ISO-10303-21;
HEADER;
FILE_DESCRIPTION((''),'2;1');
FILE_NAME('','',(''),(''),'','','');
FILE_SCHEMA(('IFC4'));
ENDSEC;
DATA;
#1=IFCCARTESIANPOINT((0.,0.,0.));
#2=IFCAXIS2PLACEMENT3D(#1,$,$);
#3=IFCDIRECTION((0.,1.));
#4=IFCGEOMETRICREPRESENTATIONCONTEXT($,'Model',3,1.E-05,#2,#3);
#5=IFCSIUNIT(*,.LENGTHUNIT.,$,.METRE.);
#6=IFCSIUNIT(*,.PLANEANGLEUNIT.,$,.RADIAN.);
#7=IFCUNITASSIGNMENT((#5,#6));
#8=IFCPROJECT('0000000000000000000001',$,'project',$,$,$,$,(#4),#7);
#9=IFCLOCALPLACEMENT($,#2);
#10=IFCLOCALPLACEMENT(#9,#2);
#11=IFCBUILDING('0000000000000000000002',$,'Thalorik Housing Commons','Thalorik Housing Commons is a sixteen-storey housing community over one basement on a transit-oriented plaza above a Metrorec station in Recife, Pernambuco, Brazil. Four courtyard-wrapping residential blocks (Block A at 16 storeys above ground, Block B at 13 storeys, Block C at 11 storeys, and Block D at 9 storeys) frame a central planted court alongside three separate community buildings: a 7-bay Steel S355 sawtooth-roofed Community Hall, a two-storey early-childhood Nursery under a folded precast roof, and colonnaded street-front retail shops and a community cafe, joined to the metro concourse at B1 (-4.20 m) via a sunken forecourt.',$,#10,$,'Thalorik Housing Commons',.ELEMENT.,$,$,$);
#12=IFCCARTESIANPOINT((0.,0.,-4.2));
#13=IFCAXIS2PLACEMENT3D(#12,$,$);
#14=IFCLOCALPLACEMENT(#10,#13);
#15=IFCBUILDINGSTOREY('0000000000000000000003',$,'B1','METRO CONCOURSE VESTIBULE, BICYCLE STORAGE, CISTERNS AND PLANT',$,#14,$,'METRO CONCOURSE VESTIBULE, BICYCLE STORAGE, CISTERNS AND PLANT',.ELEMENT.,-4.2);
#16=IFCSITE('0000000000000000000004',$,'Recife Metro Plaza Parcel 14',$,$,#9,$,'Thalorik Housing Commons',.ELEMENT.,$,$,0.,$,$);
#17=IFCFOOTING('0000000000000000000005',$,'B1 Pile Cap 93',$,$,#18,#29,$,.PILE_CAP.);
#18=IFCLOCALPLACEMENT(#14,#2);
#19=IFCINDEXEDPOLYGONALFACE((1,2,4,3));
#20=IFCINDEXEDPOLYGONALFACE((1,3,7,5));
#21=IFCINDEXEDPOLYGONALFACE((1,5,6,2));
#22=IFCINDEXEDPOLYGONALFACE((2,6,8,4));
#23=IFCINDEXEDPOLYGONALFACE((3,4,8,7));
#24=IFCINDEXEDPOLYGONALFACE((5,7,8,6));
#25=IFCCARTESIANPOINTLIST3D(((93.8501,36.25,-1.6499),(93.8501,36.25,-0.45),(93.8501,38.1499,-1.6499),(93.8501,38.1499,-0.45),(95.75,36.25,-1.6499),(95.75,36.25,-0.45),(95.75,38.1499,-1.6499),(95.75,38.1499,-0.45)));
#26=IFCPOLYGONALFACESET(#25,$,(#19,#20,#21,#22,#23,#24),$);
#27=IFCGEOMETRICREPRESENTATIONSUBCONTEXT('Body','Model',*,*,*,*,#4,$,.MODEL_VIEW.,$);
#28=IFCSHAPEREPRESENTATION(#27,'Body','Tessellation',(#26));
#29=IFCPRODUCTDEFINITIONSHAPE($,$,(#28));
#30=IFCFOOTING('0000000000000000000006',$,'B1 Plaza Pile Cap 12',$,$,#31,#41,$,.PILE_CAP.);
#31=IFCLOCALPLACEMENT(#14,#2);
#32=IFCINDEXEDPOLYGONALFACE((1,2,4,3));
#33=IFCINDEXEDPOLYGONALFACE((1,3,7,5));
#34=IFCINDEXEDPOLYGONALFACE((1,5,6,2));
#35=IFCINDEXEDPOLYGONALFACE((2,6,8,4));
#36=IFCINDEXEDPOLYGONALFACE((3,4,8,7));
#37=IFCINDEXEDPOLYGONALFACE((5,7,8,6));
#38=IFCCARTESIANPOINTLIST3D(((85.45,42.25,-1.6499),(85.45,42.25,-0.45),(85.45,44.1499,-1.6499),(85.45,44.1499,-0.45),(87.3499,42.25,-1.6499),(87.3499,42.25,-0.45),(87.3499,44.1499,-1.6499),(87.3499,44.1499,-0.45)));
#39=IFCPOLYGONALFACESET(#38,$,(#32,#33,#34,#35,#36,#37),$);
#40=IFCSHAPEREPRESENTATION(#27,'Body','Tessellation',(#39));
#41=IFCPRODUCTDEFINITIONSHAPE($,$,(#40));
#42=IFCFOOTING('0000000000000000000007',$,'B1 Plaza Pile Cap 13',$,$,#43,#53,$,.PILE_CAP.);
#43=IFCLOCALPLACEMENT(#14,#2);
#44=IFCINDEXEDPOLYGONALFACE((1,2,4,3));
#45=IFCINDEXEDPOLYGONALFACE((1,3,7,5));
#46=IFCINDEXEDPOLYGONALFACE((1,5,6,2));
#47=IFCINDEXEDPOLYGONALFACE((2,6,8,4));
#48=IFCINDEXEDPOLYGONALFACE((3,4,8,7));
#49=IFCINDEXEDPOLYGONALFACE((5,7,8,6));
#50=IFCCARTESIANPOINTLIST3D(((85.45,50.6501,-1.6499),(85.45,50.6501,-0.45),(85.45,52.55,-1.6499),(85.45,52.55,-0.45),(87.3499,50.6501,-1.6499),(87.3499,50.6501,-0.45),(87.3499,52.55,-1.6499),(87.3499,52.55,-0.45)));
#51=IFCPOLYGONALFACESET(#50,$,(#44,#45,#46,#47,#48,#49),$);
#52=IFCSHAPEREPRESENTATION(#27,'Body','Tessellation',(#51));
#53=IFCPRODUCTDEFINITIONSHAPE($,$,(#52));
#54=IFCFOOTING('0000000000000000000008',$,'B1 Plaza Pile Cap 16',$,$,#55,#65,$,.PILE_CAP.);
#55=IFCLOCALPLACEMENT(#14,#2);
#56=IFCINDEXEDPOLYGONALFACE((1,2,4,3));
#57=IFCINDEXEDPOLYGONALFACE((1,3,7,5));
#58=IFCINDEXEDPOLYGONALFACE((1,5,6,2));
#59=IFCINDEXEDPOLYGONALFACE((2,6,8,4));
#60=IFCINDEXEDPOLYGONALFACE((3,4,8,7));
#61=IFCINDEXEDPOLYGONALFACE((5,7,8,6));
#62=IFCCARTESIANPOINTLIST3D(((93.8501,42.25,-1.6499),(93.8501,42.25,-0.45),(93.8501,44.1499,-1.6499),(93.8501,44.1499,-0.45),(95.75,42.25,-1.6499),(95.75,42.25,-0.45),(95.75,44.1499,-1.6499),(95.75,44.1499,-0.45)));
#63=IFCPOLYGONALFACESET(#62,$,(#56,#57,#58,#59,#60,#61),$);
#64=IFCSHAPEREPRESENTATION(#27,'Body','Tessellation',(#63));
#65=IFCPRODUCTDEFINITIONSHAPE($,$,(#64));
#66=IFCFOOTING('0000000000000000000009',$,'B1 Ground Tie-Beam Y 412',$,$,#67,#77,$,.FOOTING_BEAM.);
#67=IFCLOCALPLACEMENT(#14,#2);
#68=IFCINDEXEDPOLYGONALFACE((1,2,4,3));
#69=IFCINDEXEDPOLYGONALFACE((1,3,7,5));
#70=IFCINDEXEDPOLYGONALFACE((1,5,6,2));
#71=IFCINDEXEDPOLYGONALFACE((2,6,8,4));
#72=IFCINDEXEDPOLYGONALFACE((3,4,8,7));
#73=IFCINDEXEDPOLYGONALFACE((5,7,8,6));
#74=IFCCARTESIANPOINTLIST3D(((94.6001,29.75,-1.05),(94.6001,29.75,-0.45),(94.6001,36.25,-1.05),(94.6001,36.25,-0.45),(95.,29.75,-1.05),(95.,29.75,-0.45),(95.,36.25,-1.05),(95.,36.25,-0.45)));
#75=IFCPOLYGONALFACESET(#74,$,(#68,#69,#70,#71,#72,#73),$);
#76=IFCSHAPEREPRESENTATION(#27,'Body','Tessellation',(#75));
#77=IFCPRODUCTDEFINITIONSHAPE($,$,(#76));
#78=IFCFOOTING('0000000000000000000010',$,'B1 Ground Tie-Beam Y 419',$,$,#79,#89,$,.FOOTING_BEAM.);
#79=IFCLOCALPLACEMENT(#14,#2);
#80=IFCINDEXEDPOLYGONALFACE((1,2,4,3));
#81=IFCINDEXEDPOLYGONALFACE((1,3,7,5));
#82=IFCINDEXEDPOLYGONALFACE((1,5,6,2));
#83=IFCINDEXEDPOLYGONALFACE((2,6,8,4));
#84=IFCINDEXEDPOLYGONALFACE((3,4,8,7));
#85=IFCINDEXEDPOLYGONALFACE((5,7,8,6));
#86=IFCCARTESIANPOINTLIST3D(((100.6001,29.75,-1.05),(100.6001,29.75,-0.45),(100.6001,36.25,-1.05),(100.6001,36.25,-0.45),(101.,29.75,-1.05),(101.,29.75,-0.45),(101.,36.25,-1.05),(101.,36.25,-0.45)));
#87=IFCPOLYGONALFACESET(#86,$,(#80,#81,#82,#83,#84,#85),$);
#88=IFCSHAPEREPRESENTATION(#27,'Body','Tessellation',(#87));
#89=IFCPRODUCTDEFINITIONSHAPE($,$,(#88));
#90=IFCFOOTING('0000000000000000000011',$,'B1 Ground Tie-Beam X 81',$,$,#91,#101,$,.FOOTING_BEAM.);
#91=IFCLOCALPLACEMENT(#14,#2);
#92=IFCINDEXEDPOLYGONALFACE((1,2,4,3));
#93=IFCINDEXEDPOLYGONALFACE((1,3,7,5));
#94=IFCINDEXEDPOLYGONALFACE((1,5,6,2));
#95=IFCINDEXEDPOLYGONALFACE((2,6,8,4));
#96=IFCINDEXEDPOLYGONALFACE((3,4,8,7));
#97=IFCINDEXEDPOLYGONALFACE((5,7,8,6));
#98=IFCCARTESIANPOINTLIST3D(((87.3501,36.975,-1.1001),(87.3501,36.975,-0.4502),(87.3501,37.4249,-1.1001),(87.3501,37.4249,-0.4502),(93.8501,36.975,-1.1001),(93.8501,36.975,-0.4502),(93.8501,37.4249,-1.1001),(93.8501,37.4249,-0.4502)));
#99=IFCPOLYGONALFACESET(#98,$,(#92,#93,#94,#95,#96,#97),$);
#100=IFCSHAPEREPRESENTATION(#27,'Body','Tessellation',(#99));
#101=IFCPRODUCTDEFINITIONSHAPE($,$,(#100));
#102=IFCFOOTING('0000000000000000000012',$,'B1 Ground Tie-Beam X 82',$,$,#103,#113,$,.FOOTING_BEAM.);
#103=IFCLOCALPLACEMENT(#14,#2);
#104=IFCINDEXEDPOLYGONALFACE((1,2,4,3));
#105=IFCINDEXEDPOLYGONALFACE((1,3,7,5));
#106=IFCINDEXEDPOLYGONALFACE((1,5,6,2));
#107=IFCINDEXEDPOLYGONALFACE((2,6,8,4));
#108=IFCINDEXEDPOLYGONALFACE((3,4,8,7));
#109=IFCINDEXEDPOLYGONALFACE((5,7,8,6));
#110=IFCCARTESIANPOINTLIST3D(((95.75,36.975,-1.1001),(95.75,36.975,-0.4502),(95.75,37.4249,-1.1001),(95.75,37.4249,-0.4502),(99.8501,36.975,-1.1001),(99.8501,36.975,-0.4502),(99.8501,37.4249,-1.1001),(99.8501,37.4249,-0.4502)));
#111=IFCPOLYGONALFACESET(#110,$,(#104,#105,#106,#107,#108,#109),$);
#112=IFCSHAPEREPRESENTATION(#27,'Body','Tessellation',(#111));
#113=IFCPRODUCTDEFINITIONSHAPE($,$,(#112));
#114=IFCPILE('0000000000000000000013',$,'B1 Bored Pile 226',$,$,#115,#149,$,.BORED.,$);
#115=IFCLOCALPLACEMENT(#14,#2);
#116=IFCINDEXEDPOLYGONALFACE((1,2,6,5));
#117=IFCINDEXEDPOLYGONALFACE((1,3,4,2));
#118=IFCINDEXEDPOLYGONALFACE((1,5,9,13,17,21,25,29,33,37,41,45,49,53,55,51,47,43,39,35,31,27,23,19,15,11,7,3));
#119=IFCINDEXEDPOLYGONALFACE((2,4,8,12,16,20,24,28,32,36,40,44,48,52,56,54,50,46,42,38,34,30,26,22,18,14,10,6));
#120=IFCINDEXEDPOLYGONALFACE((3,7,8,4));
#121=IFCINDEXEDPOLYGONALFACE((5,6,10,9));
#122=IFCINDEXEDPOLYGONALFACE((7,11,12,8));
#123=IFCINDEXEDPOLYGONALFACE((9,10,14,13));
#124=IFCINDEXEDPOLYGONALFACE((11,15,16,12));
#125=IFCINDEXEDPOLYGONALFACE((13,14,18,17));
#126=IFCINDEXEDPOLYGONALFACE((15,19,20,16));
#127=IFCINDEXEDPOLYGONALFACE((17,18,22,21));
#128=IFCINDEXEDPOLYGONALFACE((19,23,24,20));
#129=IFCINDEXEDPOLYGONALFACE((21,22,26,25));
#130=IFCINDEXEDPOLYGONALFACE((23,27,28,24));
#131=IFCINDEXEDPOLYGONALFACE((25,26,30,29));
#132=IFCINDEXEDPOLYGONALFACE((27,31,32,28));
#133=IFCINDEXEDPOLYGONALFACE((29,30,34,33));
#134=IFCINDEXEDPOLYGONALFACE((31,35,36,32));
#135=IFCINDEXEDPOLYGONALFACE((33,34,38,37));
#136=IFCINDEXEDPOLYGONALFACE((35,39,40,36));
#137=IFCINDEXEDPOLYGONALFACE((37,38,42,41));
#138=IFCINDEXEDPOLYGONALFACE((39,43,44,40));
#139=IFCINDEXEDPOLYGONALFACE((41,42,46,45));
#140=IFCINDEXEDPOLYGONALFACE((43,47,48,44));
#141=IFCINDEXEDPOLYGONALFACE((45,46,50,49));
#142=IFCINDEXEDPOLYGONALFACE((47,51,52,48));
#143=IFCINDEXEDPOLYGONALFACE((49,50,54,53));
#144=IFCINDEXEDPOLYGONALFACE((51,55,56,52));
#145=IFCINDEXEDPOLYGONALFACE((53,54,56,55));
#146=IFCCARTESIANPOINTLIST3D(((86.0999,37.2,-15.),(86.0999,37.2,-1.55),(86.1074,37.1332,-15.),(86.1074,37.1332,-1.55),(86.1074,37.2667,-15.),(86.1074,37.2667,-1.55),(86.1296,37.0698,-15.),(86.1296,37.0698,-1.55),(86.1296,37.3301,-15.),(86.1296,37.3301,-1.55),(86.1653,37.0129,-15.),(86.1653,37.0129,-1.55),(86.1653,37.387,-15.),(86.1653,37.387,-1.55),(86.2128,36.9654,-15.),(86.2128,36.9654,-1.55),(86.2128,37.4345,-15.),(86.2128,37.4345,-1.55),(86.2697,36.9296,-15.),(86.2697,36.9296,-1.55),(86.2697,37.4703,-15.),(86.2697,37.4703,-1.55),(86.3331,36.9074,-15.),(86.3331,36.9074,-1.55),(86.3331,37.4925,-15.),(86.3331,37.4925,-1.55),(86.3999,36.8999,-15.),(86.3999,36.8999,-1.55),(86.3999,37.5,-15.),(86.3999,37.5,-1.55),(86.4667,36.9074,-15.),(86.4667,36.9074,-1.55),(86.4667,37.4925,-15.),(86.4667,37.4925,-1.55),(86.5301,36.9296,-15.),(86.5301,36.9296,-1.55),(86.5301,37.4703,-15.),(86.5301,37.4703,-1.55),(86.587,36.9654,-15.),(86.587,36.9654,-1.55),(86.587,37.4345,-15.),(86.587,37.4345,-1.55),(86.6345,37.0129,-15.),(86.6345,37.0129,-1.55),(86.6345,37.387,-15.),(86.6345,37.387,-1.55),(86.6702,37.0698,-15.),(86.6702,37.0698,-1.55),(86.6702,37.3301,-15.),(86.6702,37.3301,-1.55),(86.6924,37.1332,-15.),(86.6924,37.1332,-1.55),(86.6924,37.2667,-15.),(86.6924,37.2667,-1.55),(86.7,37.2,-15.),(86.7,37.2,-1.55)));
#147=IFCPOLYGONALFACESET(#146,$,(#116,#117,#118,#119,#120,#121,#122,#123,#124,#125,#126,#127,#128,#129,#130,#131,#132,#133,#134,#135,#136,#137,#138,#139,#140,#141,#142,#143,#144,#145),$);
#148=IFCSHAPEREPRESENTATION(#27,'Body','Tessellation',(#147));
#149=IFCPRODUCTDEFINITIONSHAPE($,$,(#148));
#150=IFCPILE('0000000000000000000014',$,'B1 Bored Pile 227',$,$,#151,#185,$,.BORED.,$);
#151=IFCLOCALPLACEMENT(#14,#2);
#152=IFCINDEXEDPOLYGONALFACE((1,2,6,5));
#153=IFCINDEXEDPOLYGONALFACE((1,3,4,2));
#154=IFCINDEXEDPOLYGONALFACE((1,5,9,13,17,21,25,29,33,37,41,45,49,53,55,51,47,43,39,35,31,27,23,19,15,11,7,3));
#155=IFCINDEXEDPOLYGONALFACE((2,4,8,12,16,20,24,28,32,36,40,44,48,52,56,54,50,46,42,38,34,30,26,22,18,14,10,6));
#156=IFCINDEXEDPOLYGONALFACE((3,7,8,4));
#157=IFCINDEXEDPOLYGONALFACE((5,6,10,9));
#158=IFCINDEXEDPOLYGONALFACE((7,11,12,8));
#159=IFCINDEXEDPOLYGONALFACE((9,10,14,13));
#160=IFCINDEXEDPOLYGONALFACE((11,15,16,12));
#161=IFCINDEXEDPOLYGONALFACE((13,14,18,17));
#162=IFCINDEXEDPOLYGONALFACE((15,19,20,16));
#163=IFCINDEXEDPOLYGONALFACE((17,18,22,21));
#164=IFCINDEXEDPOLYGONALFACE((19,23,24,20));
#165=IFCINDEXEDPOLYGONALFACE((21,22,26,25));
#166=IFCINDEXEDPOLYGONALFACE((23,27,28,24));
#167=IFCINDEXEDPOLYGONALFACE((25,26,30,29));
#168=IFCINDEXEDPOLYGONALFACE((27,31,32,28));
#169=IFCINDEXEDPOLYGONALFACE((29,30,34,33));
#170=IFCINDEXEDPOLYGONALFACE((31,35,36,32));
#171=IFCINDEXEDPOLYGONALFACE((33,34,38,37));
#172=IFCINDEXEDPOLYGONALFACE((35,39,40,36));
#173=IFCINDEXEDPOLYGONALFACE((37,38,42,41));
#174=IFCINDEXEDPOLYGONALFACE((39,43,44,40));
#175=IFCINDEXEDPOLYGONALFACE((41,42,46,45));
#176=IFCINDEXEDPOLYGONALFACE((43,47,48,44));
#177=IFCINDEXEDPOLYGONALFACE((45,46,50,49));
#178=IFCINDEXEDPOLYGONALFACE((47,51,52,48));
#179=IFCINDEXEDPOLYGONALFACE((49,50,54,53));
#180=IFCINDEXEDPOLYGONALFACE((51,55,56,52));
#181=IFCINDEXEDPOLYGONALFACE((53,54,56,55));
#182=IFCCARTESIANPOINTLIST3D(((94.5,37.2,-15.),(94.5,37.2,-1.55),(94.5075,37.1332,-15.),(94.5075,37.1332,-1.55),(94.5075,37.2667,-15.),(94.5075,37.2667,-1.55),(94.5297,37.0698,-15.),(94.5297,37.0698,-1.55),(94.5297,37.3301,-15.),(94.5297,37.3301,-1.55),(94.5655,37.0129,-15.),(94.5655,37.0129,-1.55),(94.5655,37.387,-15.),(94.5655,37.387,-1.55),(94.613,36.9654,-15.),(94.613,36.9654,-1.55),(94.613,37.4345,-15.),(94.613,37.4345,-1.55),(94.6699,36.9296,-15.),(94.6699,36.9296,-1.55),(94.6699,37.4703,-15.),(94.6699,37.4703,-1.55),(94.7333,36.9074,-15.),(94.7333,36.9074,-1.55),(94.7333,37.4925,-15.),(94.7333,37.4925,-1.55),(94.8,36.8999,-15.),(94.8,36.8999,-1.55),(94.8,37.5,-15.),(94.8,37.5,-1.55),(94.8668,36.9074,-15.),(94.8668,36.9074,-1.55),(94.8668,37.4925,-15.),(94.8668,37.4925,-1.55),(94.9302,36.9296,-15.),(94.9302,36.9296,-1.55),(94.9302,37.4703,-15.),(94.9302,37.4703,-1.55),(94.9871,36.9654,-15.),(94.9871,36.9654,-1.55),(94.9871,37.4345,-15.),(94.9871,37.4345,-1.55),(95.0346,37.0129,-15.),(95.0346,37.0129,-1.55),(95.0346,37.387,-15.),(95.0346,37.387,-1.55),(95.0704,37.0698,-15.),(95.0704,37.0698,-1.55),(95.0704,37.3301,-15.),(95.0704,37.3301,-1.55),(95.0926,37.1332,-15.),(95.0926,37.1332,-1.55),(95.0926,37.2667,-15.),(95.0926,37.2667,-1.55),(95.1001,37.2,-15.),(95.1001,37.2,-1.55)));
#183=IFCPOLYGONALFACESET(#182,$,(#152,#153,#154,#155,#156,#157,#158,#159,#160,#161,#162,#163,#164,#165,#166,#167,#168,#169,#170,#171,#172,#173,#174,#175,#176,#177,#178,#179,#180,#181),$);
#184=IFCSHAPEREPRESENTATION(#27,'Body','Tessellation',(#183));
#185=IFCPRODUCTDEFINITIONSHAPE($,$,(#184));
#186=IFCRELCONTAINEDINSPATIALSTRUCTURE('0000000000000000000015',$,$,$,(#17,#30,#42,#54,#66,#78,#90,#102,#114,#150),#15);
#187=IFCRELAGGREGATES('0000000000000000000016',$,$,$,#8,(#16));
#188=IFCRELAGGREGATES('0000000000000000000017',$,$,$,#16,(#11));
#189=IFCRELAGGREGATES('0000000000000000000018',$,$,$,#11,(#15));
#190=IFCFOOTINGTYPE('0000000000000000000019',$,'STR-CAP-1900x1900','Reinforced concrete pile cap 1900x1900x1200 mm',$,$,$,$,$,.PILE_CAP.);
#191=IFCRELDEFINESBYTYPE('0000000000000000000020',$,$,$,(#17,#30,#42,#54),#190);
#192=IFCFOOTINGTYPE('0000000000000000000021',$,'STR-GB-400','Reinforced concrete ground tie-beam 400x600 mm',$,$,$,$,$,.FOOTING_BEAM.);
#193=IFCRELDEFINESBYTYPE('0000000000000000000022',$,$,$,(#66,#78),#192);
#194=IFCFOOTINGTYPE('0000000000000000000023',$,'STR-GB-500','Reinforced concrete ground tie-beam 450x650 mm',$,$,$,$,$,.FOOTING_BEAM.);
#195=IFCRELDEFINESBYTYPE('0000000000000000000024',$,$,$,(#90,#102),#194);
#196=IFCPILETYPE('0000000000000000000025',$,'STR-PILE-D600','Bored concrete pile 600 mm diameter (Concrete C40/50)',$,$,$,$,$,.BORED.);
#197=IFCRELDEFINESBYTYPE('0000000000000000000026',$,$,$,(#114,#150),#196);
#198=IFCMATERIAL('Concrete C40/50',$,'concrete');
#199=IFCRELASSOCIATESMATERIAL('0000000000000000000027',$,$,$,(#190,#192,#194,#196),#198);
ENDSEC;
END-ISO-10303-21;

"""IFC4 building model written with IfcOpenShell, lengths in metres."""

from ifc_helpers import new_model, si_unit, direction, frame, origin, origin_2d, place, context, subcontext, project, spatial, rectangle, circle, extrude, material, material_profile, profile_set, type_object, element, save


model = new_model("IFC4")

# Units and contexts
model_context = context("Model", 3, precision=1e-05, world=origin(), true_north=direction((0.0, 1.0)))
body_context = subcontext(model_context, "Body", "Model", "MODEL_VIEW")
ifc_project = project(units=[si_unit("LENGTHUNIT", "METRE"), si_unit("PLANEANGLEUNIT", "RADIAN")], contexts=[model_context])

# Site, building, storey
site_placement = place(None, origin())
site = spatial("IfcSite", under=ifc_project, at=site_placement, Name="Recife Metro Plaza Parcel 14", LongName="Thalorik Housing Commons", CompositionType="ELEMENT", RefElevation=0.0)
building_placement = place(site_placement, origin())
building = spatial("IfcBuilding", under=site, at=building_placement, Name="Thalorik Housing Commons", Description="Thalorik Housing Commons is a sixteen-storey housing community over one basement on a transit-oriented plaza above a Metrorec station in Recife, Pernambuco, Brazil. Four courtyard-wrapping residential blocks (Block A at 16 storeys above ground, Block B at 13 storeys, Block C at 11 storeys, and Block D at 9 storeys) frame a central planted court alongside three separate community buildings: a 7-bay Steel S355 sawtooth-roofed Community Hall, a two-storey early-childhood Nursery under a folded precast roof, and colonnaded street-front retail shops and a community cafe, joined to the metro concourse at B1 (-4.20 m) via a sunken forecourt.", LongName="Thalorik Housing Commons", CompositionType="ELEMENT")
storey_placement = place(building_placement, frame((0.0, 0.0, -4.2)))
storey = spatial("IfcBuildingStorey", under=building, at=storey_placement, Name="B1", Description="METRO CONCOURSE VESTIBULE, BICYCLE STORAGE, CISTERNS AND PLANT", LongName="METRO CONCOURSE VESTIBULE, BICYCLE STORAGE, CISTERNS AND PLANT", CompositionType="ELEMENT", Elevation=-4.2)

# Footings
ifc_material_1 = material(Name="Concrete C40/50", Category="concrete")
footing_type_1 = type_object("IfcFootingType", Name="STR-CAP-1900x1900", Description="Reinforced concrete pile cap 1900x1900x1200 mm", PredefinedType="PILE_CAP", material=ifc_material_1)
for number, where, z_axis, x_axis, name in (
    (1, (94.8, 37.2, -1.6499), (0.0, 0.0, 1.0), (1.0, 0.0, 0.0), "B1 Pile Cap 93"),
    (2, (86.3999, 43.2, -1.6499), (0.0, 0.0, 1.0), (1.0, 0.0, 0.0), "B1 Plaza Pile Cap 12"),
    (3, (86.3999, 51.6001, -1.6499), (0.0, 0.0, 1.0), (1.0, 0.0, 0.0), "B1 Plaza Pile Cap 13"),
    (4, (94.8, 43.2, -1.6499), (0.0, 0.0, 1.0), (1.0, 0.0, 0.0), "B1 Plaza Pile Cap 16"),
):
    element("IfcFooting", number, at=place(storey_placement, frame(where, z_axis=z_axis, x_axis=x_axis)), inside=storey, type_object=footing_type_1, Name=name, PredefinedType="PILE_CAP", context=body_context, shape_type="SweptSolid", body=[
        extrude(rectangle(XDim=1.8999, YDim=1.8999, at=origin_2d()), origin(), (0.0, 0.0, 1.0), 1.2),
    ])
ifc_material_profile_1 = material_profile(ifc_material_1, rectangle(XDim=0.3999, YDim=0.6001, at=origin_2d()), Name="RC 400x600", Category="concrete")
ifc_profile_set_1 = profile_set([ifc_material_profile_1], Name="Concrete C40/50")
footing_type_2 = type_object("IfcFootingType", Name="STR-GB-400", Description="Reinforced concrete ground tie-beam 400x600 mm", PredefinedType="FOOTING_BEAM", material=ifc_profile_set_1)
for number, where, z_axis, x_axis, name in (
    (5, (94.8, 29.75, -0.75), (0.0, 1.0, 0.0), (-1.0, 0.0, 0.0), "B1 Ground Tie-Beam Y 412"),
    (6, (100.8, 29.75, -0.75), (0.0, 1.0, 0.0), (-1.0, 0.0, 0.0), "B1 Ground Tie-Beam Y 419"),
):
    element("IfcFooting", number, at=place(storey_placement, frame(where, z_axis=z_axis, x_axis=x_axis)), inside=storey, type_object=footing_type_2, Name=name, PredefinedType="FOOTING_BEAM", context=body_context, shape_type="SweptSolid", body=[
        extrude(rectangle(XDim=0.3999, YDim=0.6001, at=origin_2d()), origin(), (0.0, 0.0, 1.0), 6.5),
    ])
ifc_material_profile_2 = material_profile(ifc_material_1, rectangle(XDim=0.45, YDim=0.6499, at=origin_2d()), Name="RC 450x650", Category="concrete")
ifc_profile_set_2 = profile_set([ifc_material_profile_2], Name="Concrete C40/50")
footing_type_3 = type_object("IfcFootingType", Name="STR-GB-500", Description="Reinforced concrete ground tie-beam 450x650 mm", PredefinedType="FOOTING_BEAM", material=ifc_profile_set_2)
footing_1_placement = place(storey_placement, frame((87.3501, 37.2, -0.7751), z_axis=(1.0, 0.0, 0.0), x_axis=(0.0, 1.0, 0.0)))
element("IfcFooting", 7, at=footing_1_placement, inside=storey, type_object=footing_type_3, Name="B1 Ground Tie-Beam X 81", PredefinedType="FOOTING_BEAM", context=body_context, shape_type="SweptSolid", body=[
    extrude(rectangle(XDim=0.45, YDim=0.6499, at=origin_2d()), origin(), (0.0, 0.0, 1.0), 6.5),
])
footing_2_placement = place(storey_placement, frame((95.75, 37.2, -0.7751), z_axis=(1.0, 0.0, 0.0), x_axis=(0.0, 1.0, 0.0)))
element("IfcFooting", 8, at=footing_2_placement, inside=storey, type_object=footing_type_3, Name="B1 Ground Tie-Beam X 82", PredefinedType="FOOTING_BEAM", context=body_context, shape_type="SweptSolid", body=[
    extrude(rectangle(XDim=0.45, YDim=0.6499, at=origin_2d()), origin(), (0.0, 0.0, 1.0), 4.1001),
])

# Piles
ifc_material_profile_3 = material_profile(ifc_material_1, circle(Radius=0.3, at=origin_2d()), Name="BORED PILE D600", Category="concrete")
ifc_profile_set_3 = profile_set([ifc_material_profile_3], Name="Concrete C40/50")
pile_type_1 = type_object("IfcPileType", Name="STR-PILE-D600", Description="Bored concrete pile 600 mm diameter (Concrete C40/50)", PredefinedType="BORED", material=ifc_profile_set_3)
for number, where, z_axis, x_axis, name in (
    (9, (86.3999, 37.2, -1.55), (0.0, 0.0, -1.0), (1.0, 0.0, 0.0), "B1 Bored Pile 226"),
    (10, (94.8, 37.2, -1.55), (0.0, 0.0, -1.0), (1.0, 0.0, 0.0), "B1 Bored Pile 227"),
):
    element("IfcPile", number, at=place(storey_placement, frame(where, z_axis=z_axis, x_axis=x_axis)), inside=storey, type_object=pile_type_1, Name=name, PredefinedType="BORED", context=body_context, shape_type="SweptSolid", body=[
        extrude(circle(Radius=0.3, at=origin_2d()), origin(), (0.0, 0.0, 1.0), 13.45),
    ])

save(model, "model.ifc")
